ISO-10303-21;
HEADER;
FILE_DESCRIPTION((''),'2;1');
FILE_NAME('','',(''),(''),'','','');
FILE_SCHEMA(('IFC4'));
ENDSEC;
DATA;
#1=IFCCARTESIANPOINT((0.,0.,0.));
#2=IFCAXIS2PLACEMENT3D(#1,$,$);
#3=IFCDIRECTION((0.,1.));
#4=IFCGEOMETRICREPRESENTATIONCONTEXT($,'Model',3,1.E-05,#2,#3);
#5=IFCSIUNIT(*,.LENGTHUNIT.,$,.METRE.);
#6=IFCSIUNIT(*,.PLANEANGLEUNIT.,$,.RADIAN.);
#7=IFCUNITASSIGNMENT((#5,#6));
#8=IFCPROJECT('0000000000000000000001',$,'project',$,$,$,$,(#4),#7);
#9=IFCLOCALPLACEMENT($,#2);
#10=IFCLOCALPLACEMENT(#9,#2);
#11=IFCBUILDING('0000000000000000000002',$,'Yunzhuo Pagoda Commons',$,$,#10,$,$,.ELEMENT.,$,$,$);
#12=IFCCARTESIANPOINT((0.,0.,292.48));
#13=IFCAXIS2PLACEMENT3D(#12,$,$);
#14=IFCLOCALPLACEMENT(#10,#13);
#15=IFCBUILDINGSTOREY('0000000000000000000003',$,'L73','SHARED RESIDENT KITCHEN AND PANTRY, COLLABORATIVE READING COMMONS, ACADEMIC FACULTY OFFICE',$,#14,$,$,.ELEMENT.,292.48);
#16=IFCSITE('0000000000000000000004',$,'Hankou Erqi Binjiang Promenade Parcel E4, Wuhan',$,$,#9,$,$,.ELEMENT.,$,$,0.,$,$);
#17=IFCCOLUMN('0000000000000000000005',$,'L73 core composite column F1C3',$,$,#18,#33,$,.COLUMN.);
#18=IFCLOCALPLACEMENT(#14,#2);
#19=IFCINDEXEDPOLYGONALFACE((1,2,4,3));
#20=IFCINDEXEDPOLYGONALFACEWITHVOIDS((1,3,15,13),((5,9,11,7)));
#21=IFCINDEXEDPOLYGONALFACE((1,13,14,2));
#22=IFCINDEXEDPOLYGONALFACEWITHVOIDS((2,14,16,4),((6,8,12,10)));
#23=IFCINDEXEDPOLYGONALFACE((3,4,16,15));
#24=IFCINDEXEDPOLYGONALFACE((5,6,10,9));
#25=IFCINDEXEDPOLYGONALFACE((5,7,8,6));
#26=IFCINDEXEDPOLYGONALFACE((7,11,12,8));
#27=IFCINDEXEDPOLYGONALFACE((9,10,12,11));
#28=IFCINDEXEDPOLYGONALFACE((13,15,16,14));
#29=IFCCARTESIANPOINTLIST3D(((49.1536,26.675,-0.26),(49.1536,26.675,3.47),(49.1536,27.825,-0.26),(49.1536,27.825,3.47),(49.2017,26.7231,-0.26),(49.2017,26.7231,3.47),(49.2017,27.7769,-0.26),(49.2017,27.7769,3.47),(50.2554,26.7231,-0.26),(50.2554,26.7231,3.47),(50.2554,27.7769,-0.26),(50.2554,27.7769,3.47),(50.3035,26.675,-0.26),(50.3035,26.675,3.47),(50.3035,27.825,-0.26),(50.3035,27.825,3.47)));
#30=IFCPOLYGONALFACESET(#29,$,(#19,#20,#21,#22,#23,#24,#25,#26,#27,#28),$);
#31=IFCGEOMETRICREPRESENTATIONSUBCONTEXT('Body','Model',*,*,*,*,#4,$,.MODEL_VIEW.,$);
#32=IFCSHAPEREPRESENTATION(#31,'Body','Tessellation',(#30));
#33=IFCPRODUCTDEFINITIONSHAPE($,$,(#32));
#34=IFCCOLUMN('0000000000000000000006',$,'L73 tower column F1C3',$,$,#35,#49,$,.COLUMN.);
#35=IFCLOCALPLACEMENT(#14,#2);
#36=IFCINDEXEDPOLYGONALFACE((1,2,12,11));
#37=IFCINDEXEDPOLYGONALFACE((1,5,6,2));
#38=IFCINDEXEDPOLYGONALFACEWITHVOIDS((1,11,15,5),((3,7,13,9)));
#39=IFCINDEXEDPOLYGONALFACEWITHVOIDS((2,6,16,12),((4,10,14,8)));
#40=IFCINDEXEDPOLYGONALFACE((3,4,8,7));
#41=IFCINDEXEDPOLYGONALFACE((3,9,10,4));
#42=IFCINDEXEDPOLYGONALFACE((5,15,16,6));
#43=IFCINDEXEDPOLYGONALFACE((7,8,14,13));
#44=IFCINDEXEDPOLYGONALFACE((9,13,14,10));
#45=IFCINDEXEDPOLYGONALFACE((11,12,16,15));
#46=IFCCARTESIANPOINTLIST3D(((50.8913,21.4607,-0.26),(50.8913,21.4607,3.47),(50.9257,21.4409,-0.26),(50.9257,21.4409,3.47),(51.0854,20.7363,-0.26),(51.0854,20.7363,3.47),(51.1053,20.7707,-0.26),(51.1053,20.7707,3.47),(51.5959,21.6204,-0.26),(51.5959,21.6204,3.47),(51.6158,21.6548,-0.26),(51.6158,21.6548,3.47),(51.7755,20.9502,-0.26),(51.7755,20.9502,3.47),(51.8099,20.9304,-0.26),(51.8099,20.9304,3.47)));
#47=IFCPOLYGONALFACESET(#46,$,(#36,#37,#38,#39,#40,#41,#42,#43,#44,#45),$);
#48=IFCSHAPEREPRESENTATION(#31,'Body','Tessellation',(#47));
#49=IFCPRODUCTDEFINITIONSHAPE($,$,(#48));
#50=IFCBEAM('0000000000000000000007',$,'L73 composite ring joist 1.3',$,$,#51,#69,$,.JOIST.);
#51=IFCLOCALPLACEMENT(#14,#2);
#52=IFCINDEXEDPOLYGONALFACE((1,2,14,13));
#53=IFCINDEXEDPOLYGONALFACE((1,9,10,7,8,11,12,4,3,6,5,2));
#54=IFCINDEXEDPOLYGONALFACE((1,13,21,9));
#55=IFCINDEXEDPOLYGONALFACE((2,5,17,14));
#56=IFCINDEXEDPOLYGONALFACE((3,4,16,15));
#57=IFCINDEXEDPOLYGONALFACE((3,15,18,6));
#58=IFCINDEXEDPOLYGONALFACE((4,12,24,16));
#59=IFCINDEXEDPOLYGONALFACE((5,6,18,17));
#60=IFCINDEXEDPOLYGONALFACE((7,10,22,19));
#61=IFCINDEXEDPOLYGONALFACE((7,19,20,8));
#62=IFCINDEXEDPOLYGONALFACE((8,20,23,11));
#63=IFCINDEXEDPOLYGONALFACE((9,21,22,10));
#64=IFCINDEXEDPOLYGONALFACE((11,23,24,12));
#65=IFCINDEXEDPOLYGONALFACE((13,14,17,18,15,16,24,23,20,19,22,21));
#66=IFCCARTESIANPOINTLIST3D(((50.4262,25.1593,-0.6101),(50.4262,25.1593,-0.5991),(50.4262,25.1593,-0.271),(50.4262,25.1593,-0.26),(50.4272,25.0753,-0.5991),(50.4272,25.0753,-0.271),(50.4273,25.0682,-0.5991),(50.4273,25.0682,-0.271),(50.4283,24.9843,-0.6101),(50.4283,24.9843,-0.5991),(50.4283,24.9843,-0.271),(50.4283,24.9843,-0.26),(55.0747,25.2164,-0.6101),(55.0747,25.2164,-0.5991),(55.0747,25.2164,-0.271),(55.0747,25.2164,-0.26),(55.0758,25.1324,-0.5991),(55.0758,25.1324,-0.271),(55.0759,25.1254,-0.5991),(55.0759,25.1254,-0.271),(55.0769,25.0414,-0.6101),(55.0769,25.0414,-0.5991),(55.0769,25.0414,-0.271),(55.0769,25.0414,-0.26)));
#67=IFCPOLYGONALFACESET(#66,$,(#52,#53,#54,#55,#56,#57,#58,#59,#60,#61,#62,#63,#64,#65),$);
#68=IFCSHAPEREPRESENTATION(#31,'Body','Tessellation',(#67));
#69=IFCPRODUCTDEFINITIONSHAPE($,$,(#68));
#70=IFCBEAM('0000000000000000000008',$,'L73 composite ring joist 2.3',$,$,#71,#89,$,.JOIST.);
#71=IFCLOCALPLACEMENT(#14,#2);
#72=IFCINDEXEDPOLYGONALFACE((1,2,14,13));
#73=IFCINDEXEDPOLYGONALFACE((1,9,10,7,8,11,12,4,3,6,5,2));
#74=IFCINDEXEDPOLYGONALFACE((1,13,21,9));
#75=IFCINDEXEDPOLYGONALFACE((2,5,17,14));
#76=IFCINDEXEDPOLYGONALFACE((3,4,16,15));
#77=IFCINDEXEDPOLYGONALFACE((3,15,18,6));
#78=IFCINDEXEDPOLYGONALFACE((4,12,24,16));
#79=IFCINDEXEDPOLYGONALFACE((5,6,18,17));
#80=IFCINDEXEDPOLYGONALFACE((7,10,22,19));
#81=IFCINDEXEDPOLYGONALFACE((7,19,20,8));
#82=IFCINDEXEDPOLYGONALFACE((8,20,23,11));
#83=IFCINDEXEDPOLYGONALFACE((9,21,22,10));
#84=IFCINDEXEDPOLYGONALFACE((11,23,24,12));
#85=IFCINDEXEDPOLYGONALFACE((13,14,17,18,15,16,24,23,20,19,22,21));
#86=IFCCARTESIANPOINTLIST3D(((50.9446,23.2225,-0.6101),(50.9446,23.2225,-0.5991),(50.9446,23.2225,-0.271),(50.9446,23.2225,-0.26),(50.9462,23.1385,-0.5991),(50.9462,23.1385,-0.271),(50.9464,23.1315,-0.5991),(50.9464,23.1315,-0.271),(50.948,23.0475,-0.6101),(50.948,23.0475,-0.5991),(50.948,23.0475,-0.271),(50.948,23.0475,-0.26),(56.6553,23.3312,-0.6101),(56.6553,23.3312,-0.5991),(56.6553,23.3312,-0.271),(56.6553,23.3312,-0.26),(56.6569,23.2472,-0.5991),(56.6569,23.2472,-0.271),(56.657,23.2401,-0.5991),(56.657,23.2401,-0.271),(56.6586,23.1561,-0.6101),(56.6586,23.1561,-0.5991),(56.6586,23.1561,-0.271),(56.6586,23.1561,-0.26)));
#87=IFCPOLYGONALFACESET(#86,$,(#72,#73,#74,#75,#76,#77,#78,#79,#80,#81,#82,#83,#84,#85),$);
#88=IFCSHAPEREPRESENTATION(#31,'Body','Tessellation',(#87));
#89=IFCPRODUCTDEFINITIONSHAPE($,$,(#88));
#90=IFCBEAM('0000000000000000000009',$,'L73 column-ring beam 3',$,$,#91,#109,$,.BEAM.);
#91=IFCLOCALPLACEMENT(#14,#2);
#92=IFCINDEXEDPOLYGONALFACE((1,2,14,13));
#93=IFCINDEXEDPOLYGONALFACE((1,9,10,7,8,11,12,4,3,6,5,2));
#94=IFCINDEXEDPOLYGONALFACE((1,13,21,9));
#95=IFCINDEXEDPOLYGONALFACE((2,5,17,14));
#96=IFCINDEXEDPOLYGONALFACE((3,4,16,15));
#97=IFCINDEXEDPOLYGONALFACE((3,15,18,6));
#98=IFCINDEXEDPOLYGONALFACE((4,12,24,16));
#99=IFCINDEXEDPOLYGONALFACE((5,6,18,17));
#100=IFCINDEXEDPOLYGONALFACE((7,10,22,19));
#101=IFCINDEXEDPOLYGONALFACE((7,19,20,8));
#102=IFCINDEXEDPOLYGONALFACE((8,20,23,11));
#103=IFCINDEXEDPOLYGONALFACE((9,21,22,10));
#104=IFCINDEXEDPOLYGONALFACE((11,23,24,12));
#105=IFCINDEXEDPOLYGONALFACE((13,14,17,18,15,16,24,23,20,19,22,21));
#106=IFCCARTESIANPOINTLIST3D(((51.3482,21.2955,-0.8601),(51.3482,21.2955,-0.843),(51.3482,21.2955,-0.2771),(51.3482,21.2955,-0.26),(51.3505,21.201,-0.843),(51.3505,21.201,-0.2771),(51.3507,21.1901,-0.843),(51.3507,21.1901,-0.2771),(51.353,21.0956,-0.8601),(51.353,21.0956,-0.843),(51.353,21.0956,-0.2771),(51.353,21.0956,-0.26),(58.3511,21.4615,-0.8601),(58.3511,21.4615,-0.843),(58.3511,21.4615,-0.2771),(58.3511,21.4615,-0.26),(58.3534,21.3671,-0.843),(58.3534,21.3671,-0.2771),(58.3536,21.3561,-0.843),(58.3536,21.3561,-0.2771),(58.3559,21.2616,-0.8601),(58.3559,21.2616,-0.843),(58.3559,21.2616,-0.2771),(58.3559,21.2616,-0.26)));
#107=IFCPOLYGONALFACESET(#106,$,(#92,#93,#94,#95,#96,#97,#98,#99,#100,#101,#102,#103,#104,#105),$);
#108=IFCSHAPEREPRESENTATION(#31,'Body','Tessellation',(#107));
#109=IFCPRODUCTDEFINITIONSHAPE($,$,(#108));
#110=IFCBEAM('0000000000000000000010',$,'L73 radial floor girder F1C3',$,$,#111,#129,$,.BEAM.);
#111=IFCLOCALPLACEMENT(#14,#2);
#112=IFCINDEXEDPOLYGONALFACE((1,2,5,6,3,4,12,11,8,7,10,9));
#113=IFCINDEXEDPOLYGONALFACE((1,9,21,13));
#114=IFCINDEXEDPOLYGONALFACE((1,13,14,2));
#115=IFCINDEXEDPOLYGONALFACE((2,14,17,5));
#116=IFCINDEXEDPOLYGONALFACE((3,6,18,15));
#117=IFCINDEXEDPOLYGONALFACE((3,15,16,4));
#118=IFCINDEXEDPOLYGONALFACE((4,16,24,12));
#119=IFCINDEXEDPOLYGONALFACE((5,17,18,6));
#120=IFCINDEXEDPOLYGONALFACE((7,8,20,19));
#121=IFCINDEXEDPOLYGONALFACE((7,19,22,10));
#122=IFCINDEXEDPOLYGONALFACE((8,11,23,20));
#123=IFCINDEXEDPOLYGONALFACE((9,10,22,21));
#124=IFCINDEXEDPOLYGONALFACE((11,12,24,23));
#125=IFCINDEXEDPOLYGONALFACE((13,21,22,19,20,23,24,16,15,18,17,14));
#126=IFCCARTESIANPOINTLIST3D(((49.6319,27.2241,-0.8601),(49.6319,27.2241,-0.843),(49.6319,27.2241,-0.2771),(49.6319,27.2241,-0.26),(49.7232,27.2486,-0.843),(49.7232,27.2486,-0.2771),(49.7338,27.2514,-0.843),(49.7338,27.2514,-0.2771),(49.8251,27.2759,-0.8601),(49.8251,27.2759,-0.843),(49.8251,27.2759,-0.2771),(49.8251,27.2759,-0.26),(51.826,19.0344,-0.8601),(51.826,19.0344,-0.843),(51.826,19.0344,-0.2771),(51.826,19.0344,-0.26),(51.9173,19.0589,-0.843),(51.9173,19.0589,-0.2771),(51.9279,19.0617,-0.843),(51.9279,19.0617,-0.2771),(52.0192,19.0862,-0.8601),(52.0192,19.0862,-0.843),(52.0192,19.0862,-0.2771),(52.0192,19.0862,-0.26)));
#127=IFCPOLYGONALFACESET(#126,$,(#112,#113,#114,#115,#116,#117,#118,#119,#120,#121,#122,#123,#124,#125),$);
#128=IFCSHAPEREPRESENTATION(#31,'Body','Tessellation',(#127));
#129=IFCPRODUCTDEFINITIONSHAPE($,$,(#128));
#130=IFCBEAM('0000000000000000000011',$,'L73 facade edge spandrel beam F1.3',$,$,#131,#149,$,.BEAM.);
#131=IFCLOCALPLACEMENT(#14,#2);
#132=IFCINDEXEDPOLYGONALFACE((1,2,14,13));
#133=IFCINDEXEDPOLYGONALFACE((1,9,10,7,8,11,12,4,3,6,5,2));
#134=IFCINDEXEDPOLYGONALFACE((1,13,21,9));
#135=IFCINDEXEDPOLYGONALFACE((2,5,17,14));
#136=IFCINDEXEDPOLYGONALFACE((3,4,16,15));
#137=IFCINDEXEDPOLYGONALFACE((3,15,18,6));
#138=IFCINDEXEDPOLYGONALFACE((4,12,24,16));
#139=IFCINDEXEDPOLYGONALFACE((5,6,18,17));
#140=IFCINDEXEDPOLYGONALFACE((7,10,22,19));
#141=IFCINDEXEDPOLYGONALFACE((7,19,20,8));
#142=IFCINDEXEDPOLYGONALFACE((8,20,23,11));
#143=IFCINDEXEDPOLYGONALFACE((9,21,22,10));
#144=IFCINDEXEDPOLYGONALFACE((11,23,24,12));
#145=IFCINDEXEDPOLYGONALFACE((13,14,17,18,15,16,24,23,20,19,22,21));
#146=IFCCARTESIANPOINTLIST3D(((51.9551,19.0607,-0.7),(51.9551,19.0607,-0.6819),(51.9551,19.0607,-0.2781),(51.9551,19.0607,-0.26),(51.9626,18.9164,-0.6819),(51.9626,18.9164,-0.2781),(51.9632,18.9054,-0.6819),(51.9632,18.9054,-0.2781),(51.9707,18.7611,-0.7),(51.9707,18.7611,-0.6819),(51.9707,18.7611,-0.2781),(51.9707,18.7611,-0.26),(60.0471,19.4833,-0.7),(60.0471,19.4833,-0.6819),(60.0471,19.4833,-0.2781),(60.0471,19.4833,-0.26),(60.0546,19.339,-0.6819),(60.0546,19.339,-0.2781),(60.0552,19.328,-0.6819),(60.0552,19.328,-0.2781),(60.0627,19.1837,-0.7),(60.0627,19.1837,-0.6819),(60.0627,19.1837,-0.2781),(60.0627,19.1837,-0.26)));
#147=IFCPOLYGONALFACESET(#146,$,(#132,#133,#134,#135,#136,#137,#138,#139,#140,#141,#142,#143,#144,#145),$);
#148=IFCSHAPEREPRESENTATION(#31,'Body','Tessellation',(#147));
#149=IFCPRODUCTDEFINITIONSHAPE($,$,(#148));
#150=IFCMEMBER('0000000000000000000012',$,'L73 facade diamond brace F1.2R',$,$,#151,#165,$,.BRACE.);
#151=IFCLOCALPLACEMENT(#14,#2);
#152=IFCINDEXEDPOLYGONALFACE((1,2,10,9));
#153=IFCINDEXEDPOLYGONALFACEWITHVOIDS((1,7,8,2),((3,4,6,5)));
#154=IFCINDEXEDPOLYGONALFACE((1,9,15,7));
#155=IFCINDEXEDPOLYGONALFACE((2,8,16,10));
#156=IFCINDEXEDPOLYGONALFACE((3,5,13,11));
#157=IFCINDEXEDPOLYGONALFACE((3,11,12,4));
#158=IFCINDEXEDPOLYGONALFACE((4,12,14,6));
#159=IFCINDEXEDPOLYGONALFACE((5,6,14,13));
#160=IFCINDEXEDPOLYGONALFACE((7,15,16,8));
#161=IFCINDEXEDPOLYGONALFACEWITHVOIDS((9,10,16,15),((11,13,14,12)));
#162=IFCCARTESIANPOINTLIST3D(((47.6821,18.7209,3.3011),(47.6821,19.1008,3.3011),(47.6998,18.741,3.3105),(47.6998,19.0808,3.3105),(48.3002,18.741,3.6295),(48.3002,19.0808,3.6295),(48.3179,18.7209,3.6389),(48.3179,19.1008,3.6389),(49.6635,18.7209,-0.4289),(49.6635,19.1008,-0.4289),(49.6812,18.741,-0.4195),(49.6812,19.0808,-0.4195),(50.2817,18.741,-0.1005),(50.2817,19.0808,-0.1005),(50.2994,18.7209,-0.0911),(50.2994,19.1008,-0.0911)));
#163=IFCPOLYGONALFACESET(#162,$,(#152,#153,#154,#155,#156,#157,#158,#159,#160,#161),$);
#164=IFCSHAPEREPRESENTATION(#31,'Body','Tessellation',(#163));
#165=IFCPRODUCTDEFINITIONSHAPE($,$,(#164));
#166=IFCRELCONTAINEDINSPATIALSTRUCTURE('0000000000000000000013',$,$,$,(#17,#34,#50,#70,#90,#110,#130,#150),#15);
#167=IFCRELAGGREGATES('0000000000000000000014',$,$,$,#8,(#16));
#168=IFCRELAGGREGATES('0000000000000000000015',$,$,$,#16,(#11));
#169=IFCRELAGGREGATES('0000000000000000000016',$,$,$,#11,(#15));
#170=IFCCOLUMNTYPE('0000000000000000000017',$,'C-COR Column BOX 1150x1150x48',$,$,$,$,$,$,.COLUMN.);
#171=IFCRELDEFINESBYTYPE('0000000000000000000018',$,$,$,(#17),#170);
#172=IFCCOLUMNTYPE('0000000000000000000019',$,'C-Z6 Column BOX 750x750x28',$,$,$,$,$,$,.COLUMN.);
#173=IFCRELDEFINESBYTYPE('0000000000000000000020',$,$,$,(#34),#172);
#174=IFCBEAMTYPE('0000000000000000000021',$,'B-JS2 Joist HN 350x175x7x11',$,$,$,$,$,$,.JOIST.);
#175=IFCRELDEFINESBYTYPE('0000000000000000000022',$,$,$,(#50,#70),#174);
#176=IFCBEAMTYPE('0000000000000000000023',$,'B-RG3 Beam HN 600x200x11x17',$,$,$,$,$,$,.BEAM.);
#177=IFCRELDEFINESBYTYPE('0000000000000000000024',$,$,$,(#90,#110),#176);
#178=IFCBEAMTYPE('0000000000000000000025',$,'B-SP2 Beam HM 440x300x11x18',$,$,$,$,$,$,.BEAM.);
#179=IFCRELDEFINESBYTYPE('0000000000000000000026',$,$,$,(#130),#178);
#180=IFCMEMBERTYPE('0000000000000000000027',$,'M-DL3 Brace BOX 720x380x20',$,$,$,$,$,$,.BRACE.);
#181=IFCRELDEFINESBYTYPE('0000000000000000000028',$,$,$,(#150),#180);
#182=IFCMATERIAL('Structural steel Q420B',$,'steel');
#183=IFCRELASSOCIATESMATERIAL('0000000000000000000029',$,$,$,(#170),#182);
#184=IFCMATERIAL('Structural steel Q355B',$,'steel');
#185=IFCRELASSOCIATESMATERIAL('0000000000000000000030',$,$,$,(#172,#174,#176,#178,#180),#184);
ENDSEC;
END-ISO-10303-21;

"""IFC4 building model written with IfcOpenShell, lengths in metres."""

from ifc_helpers import new_model, si_unit, direction, frame, origin, origin_2d, place, context, subcontext, project, spatial, hollow_rectangle, i_section, extrude, source, transform, mapped, material, material_profile, profile_set, type_object, element, save


model = new_model("IFC4")

# Units and contexts
model_context = context("Model", 3, precision=1e-05, world=origin(), true_north=direction((0.0, 1.0)))
body_context = subcontext(model_context, "Body", "Model", "MODEL_VIEW")
ifc_project = project(units=[si_unit("LENGTHUNIT", "METRE"), si_unit("PLANEANGLEUNIT", "RADIAN")], contexts=[model_context])

# Site, building, storey
site_placement = place(None, origin())
site = spatial("IfcSite", under=ifc_project, at=site_placement, Name="Hankou Erqi Binjiang Promenade Parcel E4, Wuhan", CompositionType="ELEMENT", RefElevation=0.0)
building_placement = place(site_placement, origin())
building = spatial("IfcBuilding", under=site, at=building_placement, Name="Yunzhuo Pagoda Commons", CompositionType="ELEMENT")
storey_placement = place(building_placement, frame((0.0, 0.0, 292.48)))
storey = spatial("IfcBuildingStorey", under=building, at=storey_placement, Name="L73", Description="SHARED RESIDENT KITCHEN AND PANTRY, COLLABORATIVE READING COMMONS, ACADEMIC FACULTY OFFICE", CompositionType="ELEMENT", Elevation=292.48)

# Columns
ifc_material_1 = material(Name="Structural steel Q420B", Category="steel")
ifc_material_profile_1 = material_profile(ifc_material_1, hollow_rectangle(XDim=1.1499, YDim=1.1499, WallThickness=0.0481, at=origin_2d()), Name="Structural steel Q420B")
ifc_profile_set_1 = profile_set([ifc_material_profile_1], Name="Structural steel Q420B")
column_type_1 = type_object("IfcColumnType", Name="C-COR Column BOX 1150x1150x48", PredefinedType="COLUMN", material=ifc_profile_set_1)
shared_shape_1 = source(origin(), body_context, "Body", "SweptSolid", [
    extrude(hollow_rectangle(XDim=1.1499, YDim=1.1499, WallThickness=0.0481, at=origin_2d()), origin(), (0.0, 0.0, 1.0), 3.73),
])
column_1_placement = place(storey_placement, frame((49.7285, 27.25, -0.26), z_axis=(0.0, 0.0, 1.0), x_axis=(1.0, 0.0, 0.0)))
element("IfcColumn", 1, at=column_1_placement, inside=storey, type_object=column_type_1, Name="L73 core composite column F1C3", PredefinedType="COLUMN", context=body_context, shape_type="MappedRepresentation", body=[
    mapped(shared_shape_1, transform((0.0, 0.0, 0.0), scale=1.0)),
])
ifc_material_2 = material(Name="Structural steel Q355B", Category="steel")
ifc_material_profile_2 = material_profile(ifc_material_2, hollow_rectangle(XDim=0.75, YDim=0.75, WallThickness=0.0281, at=origin_2d()), Name="Structural steel Q355B")
ifc_profile_set_2 = profile_set([ifc_material_profile_2], Name="Structural steel Q355B")
column_type_2 = type_object("IfcColumnType", Name="C-Z6 Column BOX 750x750x28", PredefinedType="COLUMN", material=ifc_profile_set_2)
shared_shape_2 = source(origin(), body_context, "Body", "SweptSolid", [
    extrude(hollow_rectangle(XDim=0.75, YDim=0.75, WallThickness=0.0281, at=origin_2d()), origin(), (0.0, 0.0, 1.0), 3.73),
])
column_2_placement = place(storey_placement, frame((51.3506, 21.1956, -0.26), z_axis=(0.0, 0.0, 1.0), x_axis=(0.965926, 0.258819, 0.0)))
element("IfcColumn", 2, at=column_2_placement, inside=storey, type_object=column_type_2, Name="L73 tower column F1C3", PredefinedType="COLUMN", context=body_context, shape_type="MappedRepresentation", body=[
    mapped(shared_shape_2, transform((0.0, 0.0, 0.0), scale=1.0)),
])

# Beams
ifc_material_profile_3 = material_profile(ifc_material_2, i_section(OverallWidth=0.175, OverallDepth=0.3501, WebThickness=0.0071, FlangeThickness=0.011, at=origin_2d()), Name="Structural steel Q355B")
ifc_profile_set_3 = profile_set([ifc_material_profile_3], Name="Structural steel Q355B")
beam_type_1 = type_object("IfcBeamType", Name="B-JS2 Joist HN 350x175x7x11", PredefinedType="JOIST", material=ifc_profile_set_3)
shared_shape_3 = source(origin(), body_context, "Body", "SweptSolid", [
    extrude(i_section(OverallWidth=0.175, OverallDepth=0.3501, WebThickness=0.0071, FlangeThickness=0.011, at=origin_2d()), origin(), (0.0, 0.0, 1.0), 4.6489),
])
beam_1_placement = place(storey_placement, frame((50.4272, 25.0718, -0.4351), z_axis=(0.999924, 0.012288, 0.0), x_axis=(-0.012288, 0.999924, 0.0)))
element("IfcBeam", 3, at=beam_1_placement, inside=storey, type_object=beam_type_1, Name="L73 composite ring joist 1.3", PredefinedType="JOIST", context=body_context, shape_type="MappedRepresentation", body=[
    mapped(shared_shape_3, transform((0.0, 0.0, 0.0), scale=1.0)),
])
shared_shape_4 = source(origin(), body_context, "Body", "SweptSolid", [
    extrude(i_section(OverallWidth=0.175, OverallDepth=0.3501, WebThickness=0.0071, FlangeThickness=0.011, at=origin_2d()), origin(), (0.0, 0.0, 1.0), 5.7117),
])
beam_2_placement = place(storey_placement, frame((50.9463, 23.135, -0.4351), z_axis=(0.999819, 0.019021, 0.0), x_axis=(-0.019021, 0.999819, 0.0)))
element("IfcBeam", 4, at=beam_2_placement, inside=storey, type_object=beam_type_1, Name="L73 composite ring joist 2.3", PredefinedType="JOIST", context=body_context, shape_type="MappedRepresentation", body=[
    mapped(shared_shape_4, transform((0.0, 0.0, 0.0), scale=1.0)),
])
ifc_material_profile_4 = material_profile(ifc_material_2, i_section(OverallWidth=0.2, OverallDepth=0.6001, WebThickness=0.011, FlangeThickness=0.0171, at=origin_2d()), Name="Structural steel Q355B")
ifc_profile_set_4 = profile_set([ifc_material_profile_4], Name="Structural steel Q355B")
beam_type_2 = type_object("IfcBeamType", Name="B-RG3 Beam HN 600x200x11x17", PredefinedType="BEAM", material=ifc_profile_set_4)
shared_shape_5 = source(origin(), body_context, "Body", "SweptSolid", [
    extrude(i_section(OverallWidth=0.2, OverallDepth=0.6001, WebThickness=0.011, FlangeThickness=0.0171, at=origin_2d()), origin(), (0.0, 0.0, 1.0), 7.0049),
])
beam_3_placement = place(storey_placement, frame((51.3506, 21.1956, -0.5601), z_axis=(0.999719, 0.0237, 0.0), x_axis=(-0.0237, 0.999719, 0.0)))
element("IfcBeam", 5, at=beam_3_placement, inside=storey, type_object=beam_type_2, Name="L73 column-ring beam 3", PredefinedType="BEAM", context=body_context, shape_type="MappedRepresentation", body=[
    mapped(shared_shape_5, transform((0.0, 0.0, 0.0), scale=1.0)),
])
shared_shape_6 = source(origin(), body_context, "Body", "SweptSolid", [
    extrude(i_section(OverallWidth=0.2, OverallDepth=0.6001, WebThickness=0.011, FlangeThickness=0.0171, at=origin_2d()), origin(), (0.0, 0.0, 1.0), 8.4785),
])
beam_4_placement = place(storey_placement, frame((51.9226, 19.0603, -0.5601), z_axis=(-0.258783, 0.965936, 0.0), x_axis=(-0.965936, -0.258783, 0.0)))
element("IfcBeam", 6, at=beam_4_placement, inside=storey, type_object=beam_type_2, Name="L73 radial floor girder F1C3", PredefinedType="BEAM", context=body_context, shape_type="MappedRepresentation", body=[
    mapped(shared_shape_6, transform((0.0, 0.0, 0.0), scale=1.0)),
])
ifc_material_profile_5 = material_profile(ifc_material_2, i_section(OverallWidth=0.3, OverallDepth=0.4399, WebThickness=0.011, FlangeThickness=0.0181, at=origin_2d()), Name="Structural steel Q355B")
ifc_profile_set_5 = profile_set([ifc_material_profile_5], Name="Structural steel Q355B")
beam_type_3 = type_object("IfcBeamType", Name="B-SP2 Beam HM 440x300x11x18", PredefinedType="BEAM", material=ifc_profile_set_5)
shared_shape_7 = source(origin(), body_context, "Body", "SweptSolid", [
    extrude(i_section(OverallWidth=0.3, OverallDepth=0.4399, WebThickness=0.011, FlangeThickness=0.0181, at=origin_2d()), origin(), (0.0, 0.0, 1.0), 8.103),
])
beam_5_placement = place(storey_placement, frame((51.9629, 18.9109, -0.48), z_axis=(0.998639, 0.052154, 0.0), x_axis=(-0.052154, 0.998639, 0.0)))
element("IfcBeam", 7, at=beam_5_placement, inside=storey, type_object=beam_type_3, Name="L73 facade edge spandrel beam F1.3", PredefinedType="BEAM", context=body_context, shape_type="MappedRepresentation", body=[
    mapped(shared_shape_7, transform((0.0, 0.0, 0.0), scale=1.0)),
])

# Member
ifc_material_profile_6 = material_profile(ifc_material_2, hollow_rectangle(XDim=0.3799, YDim=0.72, WallThickness=0.02, at=origin_2d()), Name="Structural steel Q355B")
ifc_profile_set_6 = profile_set([ifc_material_profile_6], Name="Structural steel Q355B")
member_type_1 = type_object("IfcMemberType", Name="M-DL3 Brace BOX 720x380x20", PredefinedType="BRACE", material=ifc_profile_set_6)
shared_shape_8 = source(origin(), body_context, "Body", "SweptSolid", [
    extrude(hollow_rectangle(XDim=0.3799, YDim=0.72, WallThickness=0.02, at=origin_2d()), origin(), (0.0, 0.0, 1.0), 4.2236),
])
member_1_placement = place(storey_placement, frame((49.9814, 18.9109, -0.26), z_axis=(-0.469136, 0.0, 0.883126), x_axis=(0.0, -1.0, 0.0)))
element("IfcMember", 8, at=member_1_placement, inside=storey, type_object=member_type_1, Name="L73 facade diamond brace F1.2R", PredefinedType="BRACE", context=body_context, shape_type="MappedRepresentation", body=[
    mapped(shared_shape_8, transform((0.0, 0.0, 0.0), scale=1.0)),
])

save(model, "model.ifc")
